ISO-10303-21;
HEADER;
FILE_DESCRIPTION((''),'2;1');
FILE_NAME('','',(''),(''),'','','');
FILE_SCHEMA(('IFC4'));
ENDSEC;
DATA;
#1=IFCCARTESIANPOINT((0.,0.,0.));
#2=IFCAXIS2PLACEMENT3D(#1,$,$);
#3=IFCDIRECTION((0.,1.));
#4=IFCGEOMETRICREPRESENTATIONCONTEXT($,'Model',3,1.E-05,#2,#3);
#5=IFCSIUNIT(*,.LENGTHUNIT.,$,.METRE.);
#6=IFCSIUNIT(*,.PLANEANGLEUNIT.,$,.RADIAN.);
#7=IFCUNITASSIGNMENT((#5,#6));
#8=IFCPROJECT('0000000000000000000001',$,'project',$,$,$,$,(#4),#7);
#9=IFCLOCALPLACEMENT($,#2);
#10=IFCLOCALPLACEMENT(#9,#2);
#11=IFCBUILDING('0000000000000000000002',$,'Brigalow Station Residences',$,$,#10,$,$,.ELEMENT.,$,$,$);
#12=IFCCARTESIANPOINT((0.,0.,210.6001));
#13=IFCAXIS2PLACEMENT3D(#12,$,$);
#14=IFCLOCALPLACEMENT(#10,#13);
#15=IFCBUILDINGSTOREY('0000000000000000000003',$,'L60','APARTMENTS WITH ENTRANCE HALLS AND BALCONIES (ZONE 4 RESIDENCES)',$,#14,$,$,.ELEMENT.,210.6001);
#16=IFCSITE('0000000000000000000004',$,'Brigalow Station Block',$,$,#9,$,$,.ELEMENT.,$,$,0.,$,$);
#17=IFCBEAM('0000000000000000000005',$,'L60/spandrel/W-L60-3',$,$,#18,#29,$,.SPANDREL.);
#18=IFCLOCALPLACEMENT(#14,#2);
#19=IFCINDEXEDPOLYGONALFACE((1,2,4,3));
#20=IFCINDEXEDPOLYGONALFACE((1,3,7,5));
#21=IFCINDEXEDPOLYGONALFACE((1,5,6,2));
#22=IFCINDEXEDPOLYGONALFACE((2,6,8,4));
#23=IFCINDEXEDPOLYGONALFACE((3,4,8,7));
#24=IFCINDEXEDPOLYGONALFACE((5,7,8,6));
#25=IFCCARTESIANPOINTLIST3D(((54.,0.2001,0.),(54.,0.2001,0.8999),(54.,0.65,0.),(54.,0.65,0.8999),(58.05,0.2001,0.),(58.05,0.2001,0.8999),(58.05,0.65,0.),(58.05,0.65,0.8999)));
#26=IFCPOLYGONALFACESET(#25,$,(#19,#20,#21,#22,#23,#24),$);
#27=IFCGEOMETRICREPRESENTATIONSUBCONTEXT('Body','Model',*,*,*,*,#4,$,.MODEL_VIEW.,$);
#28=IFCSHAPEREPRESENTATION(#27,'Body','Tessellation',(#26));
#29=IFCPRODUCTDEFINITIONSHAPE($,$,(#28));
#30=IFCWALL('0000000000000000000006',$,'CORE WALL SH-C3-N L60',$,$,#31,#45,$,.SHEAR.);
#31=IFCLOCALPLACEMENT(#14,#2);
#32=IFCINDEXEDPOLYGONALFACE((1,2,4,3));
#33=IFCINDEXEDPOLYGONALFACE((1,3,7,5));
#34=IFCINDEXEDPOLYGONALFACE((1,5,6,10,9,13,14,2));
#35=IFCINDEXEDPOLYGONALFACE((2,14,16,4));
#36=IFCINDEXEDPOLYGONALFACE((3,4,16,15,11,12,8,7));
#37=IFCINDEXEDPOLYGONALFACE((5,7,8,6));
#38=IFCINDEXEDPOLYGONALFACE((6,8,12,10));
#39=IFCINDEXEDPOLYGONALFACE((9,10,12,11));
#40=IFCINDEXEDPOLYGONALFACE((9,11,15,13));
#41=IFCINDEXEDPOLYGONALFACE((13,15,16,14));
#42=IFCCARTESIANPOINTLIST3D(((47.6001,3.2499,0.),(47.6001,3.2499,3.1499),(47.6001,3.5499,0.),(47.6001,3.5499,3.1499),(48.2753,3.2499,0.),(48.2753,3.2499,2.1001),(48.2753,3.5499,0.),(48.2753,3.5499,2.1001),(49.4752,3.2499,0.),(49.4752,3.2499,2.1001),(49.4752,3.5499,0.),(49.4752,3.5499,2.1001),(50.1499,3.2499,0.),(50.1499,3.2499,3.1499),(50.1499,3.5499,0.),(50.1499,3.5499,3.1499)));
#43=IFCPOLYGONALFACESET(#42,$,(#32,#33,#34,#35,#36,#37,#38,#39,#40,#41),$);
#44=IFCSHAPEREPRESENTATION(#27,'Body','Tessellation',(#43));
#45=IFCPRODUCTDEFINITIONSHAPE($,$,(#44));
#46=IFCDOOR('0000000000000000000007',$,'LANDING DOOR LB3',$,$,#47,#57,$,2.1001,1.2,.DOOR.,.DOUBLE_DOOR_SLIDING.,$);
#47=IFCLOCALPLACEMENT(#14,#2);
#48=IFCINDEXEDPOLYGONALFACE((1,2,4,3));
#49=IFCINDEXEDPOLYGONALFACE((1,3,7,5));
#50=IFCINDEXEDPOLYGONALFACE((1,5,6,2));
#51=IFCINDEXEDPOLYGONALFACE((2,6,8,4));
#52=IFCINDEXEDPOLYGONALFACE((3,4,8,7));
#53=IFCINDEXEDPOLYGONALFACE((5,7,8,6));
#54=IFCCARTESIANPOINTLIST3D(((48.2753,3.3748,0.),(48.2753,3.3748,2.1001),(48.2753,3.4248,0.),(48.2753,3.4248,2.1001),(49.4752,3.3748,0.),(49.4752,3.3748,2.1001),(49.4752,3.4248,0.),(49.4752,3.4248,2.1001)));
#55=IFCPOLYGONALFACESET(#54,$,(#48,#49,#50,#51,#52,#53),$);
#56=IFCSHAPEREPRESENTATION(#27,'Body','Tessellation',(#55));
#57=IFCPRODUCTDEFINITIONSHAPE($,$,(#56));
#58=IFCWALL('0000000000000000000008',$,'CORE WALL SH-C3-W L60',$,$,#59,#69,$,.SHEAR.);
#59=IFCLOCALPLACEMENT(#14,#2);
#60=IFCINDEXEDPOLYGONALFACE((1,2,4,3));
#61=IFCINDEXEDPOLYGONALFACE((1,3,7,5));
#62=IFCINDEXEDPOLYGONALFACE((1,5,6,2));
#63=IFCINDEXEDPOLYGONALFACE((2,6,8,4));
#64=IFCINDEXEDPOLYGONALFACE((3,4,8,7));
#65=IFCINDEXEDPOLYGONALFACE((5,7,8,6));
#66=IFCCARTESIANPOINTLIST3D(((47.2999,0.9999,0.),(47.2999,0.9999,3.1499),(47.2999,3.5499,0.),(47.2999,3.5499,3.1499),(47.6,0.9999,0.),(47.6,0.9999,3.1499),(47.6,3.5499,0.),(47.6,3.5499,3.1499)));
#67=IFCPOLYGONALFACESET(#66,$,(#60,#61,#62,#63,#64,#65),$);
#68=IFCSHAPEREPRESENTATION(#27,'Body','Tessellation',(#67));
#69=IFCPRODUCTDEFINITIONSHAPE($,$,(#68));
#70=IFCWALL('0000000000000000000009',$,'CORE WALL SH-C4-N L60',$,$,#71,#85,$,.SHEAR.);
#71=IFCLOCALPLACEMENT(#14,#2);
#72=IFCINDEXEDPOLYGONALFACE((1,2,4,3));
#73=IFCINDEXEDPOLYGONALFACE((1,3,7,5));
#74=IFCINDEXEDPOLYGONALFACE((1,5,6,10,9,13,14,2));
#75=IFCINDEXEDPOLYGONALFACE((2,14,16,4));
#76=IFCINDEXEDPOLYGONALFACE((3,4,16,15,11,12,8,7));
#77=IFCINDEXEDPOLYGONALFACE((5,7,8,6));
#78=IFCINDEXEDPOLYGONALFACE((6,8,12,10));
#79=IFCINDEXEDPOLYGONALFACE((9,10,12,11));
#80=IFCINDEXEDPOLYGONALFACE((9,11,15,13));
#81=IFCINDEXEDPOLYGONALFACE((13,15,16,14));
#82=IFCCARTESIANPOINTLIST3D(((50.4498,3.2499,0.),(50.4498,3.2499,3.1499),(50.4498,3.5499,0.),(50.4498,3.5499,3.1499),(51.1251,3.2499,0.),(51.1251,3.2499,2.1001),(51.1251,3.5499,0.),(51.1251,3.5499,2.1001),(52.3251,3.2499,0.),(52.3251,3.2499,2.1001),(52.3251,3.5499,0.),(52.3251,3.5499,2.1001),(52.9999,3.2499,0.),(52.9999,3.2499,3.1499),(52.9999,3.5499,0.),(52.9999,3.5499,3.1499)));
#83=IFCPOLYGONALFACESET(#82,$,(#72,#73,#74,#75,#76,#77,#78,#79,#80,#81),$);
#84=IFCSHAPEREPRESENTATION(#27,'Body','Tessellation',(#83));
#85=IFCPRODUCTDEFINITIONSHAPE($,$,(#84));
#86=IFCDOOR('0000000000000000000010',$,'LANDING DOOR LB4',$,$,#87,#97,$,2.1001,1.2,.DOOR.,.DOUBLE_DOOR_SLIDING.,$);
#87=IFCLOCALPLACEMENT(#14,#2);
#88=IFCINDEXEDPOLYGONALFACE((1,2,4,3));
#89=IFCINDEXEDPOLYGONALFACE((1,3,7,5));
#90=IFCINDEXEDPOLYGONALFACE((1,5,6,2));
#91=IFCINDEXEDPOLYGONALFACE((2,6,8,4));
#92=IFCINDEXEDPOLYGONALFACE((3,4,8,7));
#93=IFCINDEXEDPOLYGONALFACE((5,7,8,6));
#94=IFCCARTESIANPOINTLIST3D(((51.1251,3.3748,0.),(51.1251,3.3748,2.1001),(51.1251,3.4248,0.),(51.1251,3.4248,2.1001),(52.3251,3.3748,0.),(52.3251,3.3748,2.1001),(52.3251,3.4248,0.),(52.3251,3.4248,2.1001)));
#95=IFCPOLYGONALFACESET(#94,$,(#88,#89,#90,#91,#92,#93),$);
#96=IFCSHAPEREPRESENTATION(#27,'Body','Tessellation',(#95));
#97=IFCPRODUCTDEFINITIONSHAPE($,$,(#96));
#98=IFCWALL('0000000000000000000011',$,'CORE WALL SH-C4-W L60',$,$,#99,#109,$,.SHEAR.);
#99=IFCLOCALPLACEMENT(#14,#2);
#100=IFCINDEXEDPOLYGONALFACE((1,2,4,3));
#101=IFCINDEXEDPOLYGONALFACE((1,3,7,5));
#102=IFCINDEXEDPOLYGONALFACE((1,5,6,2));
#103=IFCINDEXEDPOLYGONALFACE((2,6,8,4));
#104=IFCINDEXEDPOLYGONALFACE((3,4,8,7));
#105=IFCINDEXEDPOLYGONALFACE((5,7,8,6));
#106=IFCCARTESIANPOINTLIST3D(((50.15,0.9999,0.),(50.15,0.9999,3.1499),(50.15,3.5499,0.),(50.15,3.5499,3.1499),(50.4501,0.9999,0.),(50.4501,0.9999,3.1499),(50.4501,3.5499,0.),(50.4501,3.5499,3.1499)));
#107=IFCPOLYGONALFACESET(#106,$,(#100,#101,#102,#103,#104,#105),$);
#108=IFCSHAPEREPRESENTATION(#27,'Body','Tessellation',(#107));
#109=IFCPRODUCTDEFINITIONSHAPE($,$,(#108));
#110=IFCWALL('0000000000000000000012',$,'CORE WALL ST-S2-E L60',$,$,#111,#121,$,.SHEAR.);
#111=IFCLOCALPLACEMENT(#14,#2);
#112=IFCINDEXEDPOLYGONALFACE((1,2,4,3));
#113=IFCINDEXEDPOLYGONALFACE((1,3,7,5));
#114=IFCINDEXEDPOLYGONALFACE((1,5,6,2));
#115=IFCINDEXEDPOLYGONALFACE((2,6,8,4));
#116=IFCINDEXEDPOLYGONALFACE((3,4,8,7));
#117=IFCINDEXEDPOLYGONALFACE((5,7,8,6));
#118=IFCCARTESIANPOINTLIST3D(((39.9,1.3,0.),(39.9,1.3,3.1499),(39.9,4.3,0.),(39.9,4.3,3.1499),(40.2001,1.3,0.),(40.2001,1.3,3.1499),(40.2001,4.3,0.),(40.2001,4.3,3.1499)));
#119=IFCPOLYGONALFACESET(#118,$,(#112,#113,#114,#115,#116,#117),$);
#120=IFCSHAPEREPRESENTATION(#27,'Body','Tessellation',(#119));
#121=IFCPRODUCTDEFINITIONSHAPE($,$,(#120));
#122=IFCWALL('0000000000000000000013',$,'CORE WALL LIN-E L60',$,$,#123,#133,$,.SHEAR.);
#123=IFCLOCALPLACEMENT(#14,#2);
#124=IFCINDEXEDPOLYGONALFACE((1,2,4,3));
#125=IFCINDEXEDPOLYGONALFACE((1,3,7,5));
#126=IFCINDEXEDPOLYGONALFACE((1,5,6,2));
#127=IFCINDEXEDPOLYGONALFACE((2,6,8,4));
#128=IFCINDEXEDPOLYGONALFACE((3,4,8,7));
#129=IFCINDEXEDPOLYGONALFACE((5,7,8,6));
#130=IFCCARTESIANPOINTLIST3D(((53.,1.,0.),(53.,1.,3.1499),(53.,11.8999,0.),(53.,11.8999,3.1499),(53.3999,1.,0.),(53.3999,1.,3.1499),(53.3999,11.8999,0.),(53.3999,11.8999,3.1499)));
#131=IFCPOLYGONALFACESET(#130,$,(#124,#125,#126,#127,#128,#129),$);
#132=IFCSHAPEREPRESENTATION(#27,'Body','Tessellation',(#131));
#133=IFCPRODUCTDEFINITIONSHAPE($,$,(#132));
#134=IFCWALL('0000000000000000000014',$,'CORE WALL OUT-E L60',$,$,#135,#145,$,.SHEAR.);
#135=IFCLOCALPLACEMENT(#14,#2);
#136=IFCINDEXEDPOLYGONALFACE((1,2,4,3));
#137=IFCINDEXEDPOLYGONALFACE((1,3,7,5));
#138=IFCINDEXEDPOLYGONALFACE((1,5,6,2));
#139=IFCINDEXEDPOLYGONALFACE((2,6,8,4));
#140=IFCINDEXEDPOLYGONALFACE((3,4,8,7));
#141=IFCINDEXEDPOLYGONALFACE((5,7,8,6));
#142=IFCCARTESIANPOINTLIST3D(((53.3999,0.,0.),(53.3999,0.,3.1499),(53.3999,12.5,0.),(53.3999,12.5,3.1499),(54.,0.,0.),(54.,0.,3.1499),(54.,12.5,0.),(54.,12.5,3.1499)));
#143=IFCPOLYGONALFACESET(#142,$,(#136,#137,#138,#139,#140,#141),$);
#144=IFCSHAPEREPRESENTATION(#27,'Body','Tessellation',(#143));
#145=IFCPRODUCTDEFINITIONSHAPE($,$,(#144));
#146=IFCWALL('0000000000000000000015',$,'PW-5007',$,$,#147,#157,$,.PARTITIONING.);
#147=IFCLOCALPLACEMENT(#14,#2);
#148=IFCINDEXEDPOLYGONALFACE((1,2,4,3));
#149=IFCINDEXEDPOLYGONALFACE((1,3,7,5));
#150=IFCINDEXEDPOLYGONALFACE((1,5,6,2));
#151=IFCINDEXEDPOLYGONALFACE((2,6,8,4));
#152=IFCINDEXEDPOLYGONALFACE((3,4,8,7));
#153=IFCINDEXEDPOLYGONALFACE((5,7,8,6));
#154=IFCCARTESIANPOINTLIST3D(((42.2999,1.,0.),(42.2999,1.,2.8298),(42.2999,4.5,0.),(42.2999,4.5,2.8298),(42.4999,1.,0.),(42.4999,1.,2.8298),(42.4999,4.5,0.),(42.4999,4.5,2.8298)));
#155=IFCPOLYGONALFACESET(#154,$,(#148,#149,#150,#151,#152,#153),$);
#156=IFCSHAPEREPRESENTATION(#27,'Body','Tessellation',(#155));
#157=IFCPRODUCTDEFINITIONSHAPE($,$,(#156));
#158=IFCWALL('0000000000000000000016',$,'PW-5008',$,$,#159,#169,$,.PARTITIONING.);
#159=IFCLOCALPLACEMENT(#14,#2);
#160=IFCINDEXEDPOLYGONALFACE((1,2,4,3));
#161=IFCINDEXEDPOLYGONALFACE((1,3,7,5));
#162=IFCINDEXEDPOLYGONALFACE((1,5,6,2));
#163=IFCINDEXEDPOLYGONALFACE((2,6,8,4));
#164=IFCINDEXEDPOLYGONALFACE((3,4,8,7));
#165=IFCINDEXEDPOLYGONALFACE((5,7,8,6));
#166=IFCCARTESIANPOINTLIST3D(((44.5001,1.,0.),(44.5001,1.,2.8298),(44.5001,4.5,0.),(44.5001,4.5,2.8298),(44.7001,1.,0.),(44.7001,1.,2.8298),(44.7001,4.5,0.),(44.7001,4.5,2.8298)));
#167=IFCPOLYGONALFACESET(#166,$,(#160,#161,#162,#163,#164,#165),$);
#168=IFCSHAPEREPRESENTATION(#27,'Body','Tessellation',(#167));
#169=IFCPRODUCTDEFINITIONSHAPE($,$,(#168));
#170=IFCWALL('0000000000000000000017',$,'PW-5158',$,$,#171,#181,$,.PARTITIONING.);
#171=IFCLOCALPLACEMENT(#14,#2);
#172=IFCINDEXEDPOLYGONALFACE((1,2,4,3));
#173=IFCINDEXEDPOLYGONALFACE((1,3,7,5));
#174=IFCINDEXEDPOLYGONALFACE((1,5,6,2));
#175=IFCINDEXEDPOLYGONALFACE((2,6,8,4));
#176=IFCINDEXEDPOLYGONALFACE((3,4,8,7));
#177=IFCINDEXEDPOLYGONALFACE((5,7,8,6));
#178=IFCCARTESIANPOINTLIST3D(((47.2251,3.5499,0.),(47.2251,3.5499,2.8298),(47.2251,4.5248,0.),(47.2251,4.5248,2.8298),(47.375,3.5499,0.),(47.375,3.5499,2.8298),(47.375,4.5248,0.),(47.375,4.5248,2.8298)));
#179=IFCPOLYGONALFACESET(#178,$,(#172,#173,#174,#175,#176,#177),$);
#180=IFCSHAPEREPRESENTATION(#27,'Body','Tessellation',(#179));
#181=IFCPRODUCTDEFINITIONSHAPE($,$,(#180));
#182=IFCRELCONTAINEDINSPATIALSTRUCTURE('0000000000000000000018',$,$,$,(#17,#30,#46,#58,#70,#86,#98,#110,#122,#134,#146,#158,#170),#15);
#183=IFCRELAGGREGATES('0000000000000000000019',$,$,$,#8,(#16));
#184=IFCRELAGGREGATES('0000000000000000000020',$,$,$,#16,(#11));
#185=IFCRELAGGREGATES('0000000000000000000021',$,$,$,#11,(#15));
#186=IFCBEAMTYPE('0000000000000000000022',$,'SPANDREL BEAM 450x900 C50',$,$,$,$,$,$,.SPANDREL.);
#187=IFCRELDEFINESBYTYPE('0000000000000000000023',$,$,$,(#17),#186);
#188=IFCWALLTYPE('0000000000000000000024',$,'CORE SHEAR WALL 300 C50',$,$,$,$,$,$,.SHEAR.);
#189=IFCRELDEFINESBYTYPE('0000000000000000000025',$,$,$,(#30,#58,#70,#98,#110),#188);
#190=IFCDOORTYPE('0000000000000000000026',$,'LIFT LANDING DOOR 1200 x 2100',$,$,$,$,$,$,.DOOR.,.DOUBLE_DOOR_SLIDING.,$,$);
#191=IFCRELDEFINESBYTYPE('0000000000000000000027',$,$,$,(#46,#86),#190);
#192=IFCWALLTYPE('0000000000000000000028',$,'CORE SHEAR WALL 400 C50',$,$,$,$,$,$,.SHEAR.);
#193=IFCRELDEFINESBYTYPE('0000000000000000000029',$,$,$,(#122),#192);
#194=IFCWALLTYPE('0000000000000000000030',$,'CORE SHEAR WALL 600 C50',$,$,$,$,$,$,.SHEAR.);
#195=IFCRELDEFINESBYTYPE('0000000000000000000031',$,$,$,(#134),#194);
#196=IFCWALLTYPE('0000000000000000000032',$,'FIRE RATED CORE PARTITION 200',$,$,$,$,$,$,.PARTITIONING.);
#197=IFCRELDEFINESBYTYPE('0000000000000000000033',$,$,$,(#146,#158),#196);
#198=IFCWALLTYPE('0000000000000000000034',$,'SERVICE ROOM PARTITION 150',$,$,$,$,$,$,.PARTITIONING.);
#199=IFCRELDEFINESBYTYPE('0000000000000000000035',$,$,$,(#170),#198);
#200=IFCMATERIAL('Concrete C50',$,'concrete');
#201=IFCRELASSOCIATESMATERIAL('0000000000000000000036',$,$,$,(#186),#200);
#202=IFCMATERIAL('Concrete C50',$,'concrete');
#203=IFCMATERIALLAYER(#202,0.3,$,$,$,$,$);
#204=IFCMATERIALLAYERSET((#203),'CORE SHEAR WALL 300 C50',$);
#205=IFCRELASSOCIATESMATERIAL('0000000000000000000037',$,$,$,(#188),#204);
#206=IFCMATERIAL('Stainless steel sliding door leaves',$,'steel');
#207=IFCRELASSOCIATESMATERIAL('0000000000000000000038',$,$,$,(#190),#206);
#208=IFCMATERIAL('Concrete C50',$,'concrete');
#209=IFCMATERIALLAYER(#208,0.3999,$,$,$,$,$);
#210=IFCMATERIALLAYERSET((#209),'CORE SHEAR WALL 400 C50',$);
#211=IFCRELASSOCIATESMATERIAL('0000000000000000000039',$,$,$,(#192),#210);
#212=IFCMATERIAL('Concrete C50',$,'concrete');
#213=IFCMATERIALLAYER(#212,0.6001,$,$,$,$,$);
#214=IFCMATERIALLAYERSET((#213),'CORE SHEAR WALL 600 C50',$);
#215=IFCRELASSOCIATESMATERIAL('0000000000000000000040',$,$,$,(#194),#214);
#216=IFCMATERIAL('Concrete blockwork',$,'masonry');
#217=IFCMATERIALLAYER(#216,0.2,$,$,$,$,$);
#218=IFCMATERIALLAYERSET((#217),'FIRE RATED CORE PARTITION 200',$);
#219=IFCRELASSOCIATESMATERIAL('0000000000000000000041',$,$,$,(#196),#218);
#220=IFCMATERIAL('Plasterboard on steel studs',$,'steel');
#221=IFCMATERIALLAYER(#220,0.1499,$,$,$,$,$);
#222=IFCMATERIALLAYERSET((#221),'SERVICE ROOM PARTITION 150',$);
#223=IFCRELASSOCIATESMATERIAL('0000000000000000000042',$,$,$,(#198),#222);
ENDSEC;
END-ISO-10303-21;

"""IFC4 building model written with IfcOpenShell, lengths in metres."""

from ifc_helpers import new_model, si_unit, direction, frame, frame_2d, origin, origin_2d, place, context, subcontext, project, spatial, rectangle, extrude, material, layer, layer_set, material_profile, profile_set, type_object, element, fill, save


model = new_model("IFC4")

# Units and contexts
model_context = context("Model", 3, precision=1e-05, world=origin(), true_north=direction((0.0, 1.0)))
body_context = subcontext(model_context, "Body", "Model", "MODEL_VIEW")
ifc_project = project(units=[si_unit("LENGTHUNIT", "METRE"), si_unit("PLANEANGLEUNIT", "RADIAN")], contexts=[model_context])

# Site, building, storey
site_placement = place(None, origin())
site = spatial("IfcSite", under=ifc_project, at=site_placement, Name="Brigalow Station Block", CompositionType="ELEMENT", RefElevation=0.0)
building_placement = place(site_placement, origin())
building = spatial("IfcBuilding", under=site, at=building_placement, Name="Brigalow Station Residences", CompositionType="ELEMENT")
storey_placement = place(building_placement, frame((0.0, 0.0, 210.6001)))
storey = spatial("IfcBuildingStorey", under=building, at=storey_placement, Name="L60", Description="APARTMENTS WITH ENTRANCE HALLS AND BALCONIES (ZONE 4 RESIDENCES)", CompositionType="ELEMENT", Elevation=210.6001)

# Beam
ifc_material_1 = material(Name="Concrete C50", Category="concrete")
ifc_material_profile = material_profile(ifc_material_1, rectangle(XDim=0.45, YDim=0.8999, at=origin_2d()), Name="RC450x900")
ifc_profile_set = profile_set([ifc_material_profile], Name="Concrete C50")
beam_type = type_object("IfcBeamType", Name="SPANDREL BEAM 450x900 C50", PredefinedType="SPANDREL", material=ifc_profile_set)
beam_placement = place(storey_placement, frame((54.0, 0.425, 0.45), z_axis=(1.0, 0.0, 0.0), x_axis=(0.0, 1.0, 0.0)))
element("IfcBeam", 1, at=beam_placement, inside=storey, type_object=beam_type, Name="L60/spandrel/W-L60-3", PredefinedType="SPANDREL", context=body_context, shape_type="SweptSolid", body=[
    extrude(rectangle(XDim=0.45, YDim=0.8999, at=origin_2d()), origin(), (0.0, 0.0, 1.0), 4.05),
])

# Wall, opening, door
ifc_material_2 = material(Name="Concrete C50", Category="concrete")
ifc_layer_1 = layer(ifc_material_2, 0.3)
ifc_layer_set_1 = layer_set([ifc_layer_1], Name="CORE SHEAR WALL 300 C50")
wall_type_1 = type_object("IfcWallType", Name="CORE SHEAR WALL 300 C50", PredefinedType="SHEAR", material=ifc_layer_set_1)
wall_1_placement = place(storey_placement, frame((47.6001, 3.3999, 0.0), z_axis=(0.0, 0.0, 1.0), x_axis=(1.0, 0.0, 0.0)))
wall_1 = element("IfcWall", 2, at=wall_1_placement, inside=storey, type_object=wall_type_1, Name="CORE WALL SH-C3-N L60", PredefinedType="SHEAR", context=body_context, shape_type="SweptSolid", body=[
    extrude(rectangle(XDim=2.5498, YDim=0.3, at=frame_2d((1.2749, 0.0))), origin(), (0.0, 0.0, 1.0), 3.1499),
])
opening_1_placement = place(wall_1_placement, frame((0.675, 0.0, 0.0)))
opening_1 = element("IfcOpeningElement", 3, at=opening_1_placement, cuts=wall_1, PredefinedType="OPENING", context=body_context, shape_type="SweptSolid", body=[
    extrude(rectangle(XDim=1.2, YDim=2.1001, at=frame_2d((0.6001, 1.05))), frame((0.0, 0.1602, 0.0), z_axis=(0.0, -1.0, 0.0), x_axis=(1.0, 0.0, 0.0)), (0.0, 0.0, 1.0), 0.3201),
])
ifc_material_3 = material(Name="Stainless steel sliding door leaves", Category="steel")
door_type = type_object("IfcDoorType", Name="LIFT LANDING DOOR 1200 x 2100", OperationType="DOUBLE_DOOR_SLIDING", PredefinedType="DOOR", material=ifc_material_3)
door_1_placement = place(opening_1_placement, origin())
door_1 = element("IfcDoor", 4, at=door_1_placement, inside=storey, type_object=door_type, Name="LANDING DOOR LB3", OperationType="DOUBLE_DOOR_SLIDING", OverallHeight=2.1001, OverallWidth=1.2, PredefinedType="DOOR", context=body_context, shape_type="SweptSolid", body=[
    extrude(rectangle(XDim=1.2, YDim=2.1001, at=frame_2d((0.6001, 1.05))), frame((0.0, 0.0249, 0.0), z_axis=(0.0, -1.0, 0.0), x_axis=(1.0, 0.0, 0.0)), (0.0, 0.0, 1.0), 0.05),
])
fill(opening_1, door_1)

# Wall
wall_2_placement = place(storey_placement, frame((47.45, 1.0, 0.0), z_axis=(0.0, 0.0, 1.0), x_axis=(0.0, 1.0, 0.0)))
element("IfcWall", 5, at=wall_2_placement, inside=storey, type_object=wall_type_1, Name="CORE WALL SH-C3-W L60", PredefinedType="SHEAR", context=body_context, shape_type="SweptSolid", body=[
    extrude(rectangle(XDim=2.55, YDim=0.3, at=frame_2d((1.2749, 0.0))), origin(), (0.0, 0.0, 1.0), 3.1499),
])

# Wall, opening, door
wall_3_placement = place(storey_placement, frame((50.45, 3.3999, 0.0), z_axis=(0.0, 0.0, 1.0), x_axis=(1.0, 0.0, 0.0)))
wall_3 = element("IfcWall", 6, at=wall_3_placement, inside=storey, type_object=wall_type_1, Name="CORE WALL SH-C4-N L60", PredefinedType="SHEAR", context=body_context, shape_type="SweptSolid", body=[
    extrude(rectangle(XDim=2.55, YDim=0.3, at=frame_2d((1.2749, 0.0))), origin(), (0.0, 0.0, 1.0), 3.1499),
])
opening_2_placement = place(wall_3_placement, frame((0.675, 0.0, 0.0)))
opening_2 = element("IfcOpeningElement", 7, at=opening_2_placement, cuts=wall_3, PredefinedType="OPENING", context=body_context, shape_type="SweptSolid", body=[
    extrude(rectangle(XDim=1.2, YDim=2.1001, at=frame_2d((0.6001, 1.05))), frame((0.0, 0.1602, 0.0), z_axis=(0.0, -1.0, 0.0), x_axis=(1.0, 0.0, 0.0)), (0.0, 0.0, 1.0), 0.3201),
])
door_2_placement = place(opening_2_placement, origin())
door_2 = element("IfcDoor", 8, at=door_2_placement, inside=storey, type_object=door_type, Name="LANDING DOOR LB4", OperationType="DOUBLE_DOOR_SLIDING", OverallHeight=2.1001, OverallWidth=1.2, PredefinedType="DOOR", context=body_context, shape_type="SweptSolid", body=[
    extrude(rectangle(XDim=1.2, YDim=2.1001, at=frame_2d((0.6001, 1.05))), frame((0.0, 0.0249, 0.0), z_axis=(0.0, -1.0, 0.0), x_axis=(1.0, 0.0, 0.0)), (0.0, 0.0, 1.0), 0.05),
])
fill(opening_2, door_2)

# Walls
wall_4_placement = place(storey_placement, frame((50.3, 1.0, 0.0), z_axis=(0.0, 0.0, 1.0), x_axis=(0.0, 1.0, 0.0)))
element("IfcWall", 9, at=wall_4_placement, inside=storey, type_object=wall_type_1, Name="CORE WALL SH-C4-W L60", PredefinedType="SHEAR", context=body_context, shape_type="SweptSolid", body=[
    extrude(rectangle(XDim=2.55, YDim=0.3, at=frame_2d((1.2749, 0.0))), origin(), (0.0, 0.0, 1.0), 3.1499),
])
wall_5_placement = place(storey_placement, frame((40.05, 1.3, 0.0), z_axis=(0.0, 0.0, 1.0), x_axis=(0.0, 1.0, 0.0)))
element("IfcWall", 10, at=wall_5_placement, inside=storey, type_object=wall_type_1, Name="CORE WALL ST-S2-E L60", PredefinedType="SHEAR", context=body_context, shape_type="SweptSolid", body=[
    extrude(rectangle(XDim=3.0, YDim=0.3, at=frame_2d((1.5, 0.0))), origin(), (0.0, 0.0, 1.0), 3.1499),
])
ifc_material_4 = material(Name="Concrete C50", Category="concrete")
ifc_layer_2 = layer(ifc_material_4, 0.3999)
ifc_layer_set_2 = layer_set([ifc_layer_2], Name="CORE SHEAR WALL 400 C50")
wall_type_2 = type_object("IfcWallType", Name="CORE SHEAR WALL 400 C50", PredefinedType="SHEAR", material=ifc_layer_set_2)
wall_6_placement = place(storey_placement, frame((53.2, 1.0, 0.0), z_axis=(0.0, 0.0, 1.0), x_axis=(0.0, 1.0, 0.0)))
element("IfcWall", 11, at=wall_6_placement, inside=storey, type_object=wall_type_2, Name="CORE WALL LIN-E L60", PredefinedType="SHEAR", context=body_context, shape_type="SweptSolid", body=[
    extrude(rectangle(XDim=10.8999, YDim=0.3999, at=frame_2d((5.45, 0.0))), origin(), (0.0, 0.0, 1.0), 3.1499),
])
ifc_material_5 = material(Name="Concrete C50", Category="concrete")
ifc_layer_3 = layer(ifc_material_5, 0.6001)
ifc_layer_set_3 = layer_set([ifc_layer_3], Name="CORE SHEAR WALL 600 C50")
wall_type_3 = type_object("IfcWallType", Name="CORE SHEAR WALL 600 C50", PredefinedType="SHEAR", material=ifc_layer_set_3)
wall_7_placement = place(storey_placement, frame((53.7, 0.0, 0.0), z_axis=(0.0, 0.0, 1.0), x_axis=(0.0, 1.0, 0.0)))
element("IfcWall", 12, at=wall_7_placement, inside=storey, type_object=wall_type_3, Name="CORE WALL OUT-E L60", PredefinedType="SHEAR", context=body_context, shape_type="SweptSolid", body=[
    extrude(rectangle(XDim=12.5, YDim=0.6001, at=frame_2d((6.25, 0.0))), origin(), (0.0, 0.0, 1.0), 3.1499),
])
ifc_material_6 = material(Name="Concrete blockwork", Category="masonry")
ifc_layer_4 = layer(ifc_material_6, 0.2)
ifc_layer_set_4 = layer_set([ifc_layer_4], Name="FIRE RATED CORE PARTITION 200")
wall_type_4 = type_object("IfcWallType", Name="FIRE RATED CORE PARTITION 200", PredefinedType="PARTITIONING", material=ifc_layer_set_4)
for number, where, z_axis, x_axis, name in (
    (13, (42.3999, 1.0, 0.0), (0.0, 0.0, 1.0), (0.0, 1.0, 0.0), "PW-5007"),
    (14, (44.6001, 1.0, 0.0), (0.0, 0.0, 1.0), (0.0, 1.0, 0.0), "PW-5008"),
):
    element("IfcWall", number, at=place(storey_placement, frame(where, z_axis=z_axis, x_axis=x_axis)), inside=storey, type_object=wall_type_4, Name=name, PredefinedType="PARTITIONING", context=body_context, shape_type="SweptSolid", body=[
        extrude(rectangle(XDim=3.5, YDim=0.2, at=frame_2d((1.75, 0.0))), origin(), (0.0, 0.0, 1.0), 2.8298),
    ])
ifc_material_7 = material(Name="Plasterboard on steel studs", Category="steel")
ifc_layer_5 = layer(ifc_material_7, 0.1499)
ifc_layer_set_5 = layer_set([ifc_layer_5], Name="SERVICE ROOM PARTITION 150")
wall_type_5 = type_object("IfcWallType", Name="SERVICE ROOM PARTITION 150", PredefinedType="PARTITIONING", material=ifc_layer_set_5)
wall_8_placement = place(storey_placement, frame((47.3, 3.55, 0.0), z_axis=(0.0, 0.0, 1.0), x_axis=(0.0, 1.0, 0.0)))
element("IfcWall", 15, at=wall_8_placement, inside=storey, type_object=wall_type_5, Name="PW-5158", PredefinedType="PARTITIONING", context=body_context, shape_type="SweptSolid", body=[
    extrude(rectangle(XDim=0.9749, YDim=0.1499, at=frame_2d((0.4873, 0.0))), origin(), (0.0, 0.0, 1.0), 2.8298),
])

save(model, "model.ifc")
